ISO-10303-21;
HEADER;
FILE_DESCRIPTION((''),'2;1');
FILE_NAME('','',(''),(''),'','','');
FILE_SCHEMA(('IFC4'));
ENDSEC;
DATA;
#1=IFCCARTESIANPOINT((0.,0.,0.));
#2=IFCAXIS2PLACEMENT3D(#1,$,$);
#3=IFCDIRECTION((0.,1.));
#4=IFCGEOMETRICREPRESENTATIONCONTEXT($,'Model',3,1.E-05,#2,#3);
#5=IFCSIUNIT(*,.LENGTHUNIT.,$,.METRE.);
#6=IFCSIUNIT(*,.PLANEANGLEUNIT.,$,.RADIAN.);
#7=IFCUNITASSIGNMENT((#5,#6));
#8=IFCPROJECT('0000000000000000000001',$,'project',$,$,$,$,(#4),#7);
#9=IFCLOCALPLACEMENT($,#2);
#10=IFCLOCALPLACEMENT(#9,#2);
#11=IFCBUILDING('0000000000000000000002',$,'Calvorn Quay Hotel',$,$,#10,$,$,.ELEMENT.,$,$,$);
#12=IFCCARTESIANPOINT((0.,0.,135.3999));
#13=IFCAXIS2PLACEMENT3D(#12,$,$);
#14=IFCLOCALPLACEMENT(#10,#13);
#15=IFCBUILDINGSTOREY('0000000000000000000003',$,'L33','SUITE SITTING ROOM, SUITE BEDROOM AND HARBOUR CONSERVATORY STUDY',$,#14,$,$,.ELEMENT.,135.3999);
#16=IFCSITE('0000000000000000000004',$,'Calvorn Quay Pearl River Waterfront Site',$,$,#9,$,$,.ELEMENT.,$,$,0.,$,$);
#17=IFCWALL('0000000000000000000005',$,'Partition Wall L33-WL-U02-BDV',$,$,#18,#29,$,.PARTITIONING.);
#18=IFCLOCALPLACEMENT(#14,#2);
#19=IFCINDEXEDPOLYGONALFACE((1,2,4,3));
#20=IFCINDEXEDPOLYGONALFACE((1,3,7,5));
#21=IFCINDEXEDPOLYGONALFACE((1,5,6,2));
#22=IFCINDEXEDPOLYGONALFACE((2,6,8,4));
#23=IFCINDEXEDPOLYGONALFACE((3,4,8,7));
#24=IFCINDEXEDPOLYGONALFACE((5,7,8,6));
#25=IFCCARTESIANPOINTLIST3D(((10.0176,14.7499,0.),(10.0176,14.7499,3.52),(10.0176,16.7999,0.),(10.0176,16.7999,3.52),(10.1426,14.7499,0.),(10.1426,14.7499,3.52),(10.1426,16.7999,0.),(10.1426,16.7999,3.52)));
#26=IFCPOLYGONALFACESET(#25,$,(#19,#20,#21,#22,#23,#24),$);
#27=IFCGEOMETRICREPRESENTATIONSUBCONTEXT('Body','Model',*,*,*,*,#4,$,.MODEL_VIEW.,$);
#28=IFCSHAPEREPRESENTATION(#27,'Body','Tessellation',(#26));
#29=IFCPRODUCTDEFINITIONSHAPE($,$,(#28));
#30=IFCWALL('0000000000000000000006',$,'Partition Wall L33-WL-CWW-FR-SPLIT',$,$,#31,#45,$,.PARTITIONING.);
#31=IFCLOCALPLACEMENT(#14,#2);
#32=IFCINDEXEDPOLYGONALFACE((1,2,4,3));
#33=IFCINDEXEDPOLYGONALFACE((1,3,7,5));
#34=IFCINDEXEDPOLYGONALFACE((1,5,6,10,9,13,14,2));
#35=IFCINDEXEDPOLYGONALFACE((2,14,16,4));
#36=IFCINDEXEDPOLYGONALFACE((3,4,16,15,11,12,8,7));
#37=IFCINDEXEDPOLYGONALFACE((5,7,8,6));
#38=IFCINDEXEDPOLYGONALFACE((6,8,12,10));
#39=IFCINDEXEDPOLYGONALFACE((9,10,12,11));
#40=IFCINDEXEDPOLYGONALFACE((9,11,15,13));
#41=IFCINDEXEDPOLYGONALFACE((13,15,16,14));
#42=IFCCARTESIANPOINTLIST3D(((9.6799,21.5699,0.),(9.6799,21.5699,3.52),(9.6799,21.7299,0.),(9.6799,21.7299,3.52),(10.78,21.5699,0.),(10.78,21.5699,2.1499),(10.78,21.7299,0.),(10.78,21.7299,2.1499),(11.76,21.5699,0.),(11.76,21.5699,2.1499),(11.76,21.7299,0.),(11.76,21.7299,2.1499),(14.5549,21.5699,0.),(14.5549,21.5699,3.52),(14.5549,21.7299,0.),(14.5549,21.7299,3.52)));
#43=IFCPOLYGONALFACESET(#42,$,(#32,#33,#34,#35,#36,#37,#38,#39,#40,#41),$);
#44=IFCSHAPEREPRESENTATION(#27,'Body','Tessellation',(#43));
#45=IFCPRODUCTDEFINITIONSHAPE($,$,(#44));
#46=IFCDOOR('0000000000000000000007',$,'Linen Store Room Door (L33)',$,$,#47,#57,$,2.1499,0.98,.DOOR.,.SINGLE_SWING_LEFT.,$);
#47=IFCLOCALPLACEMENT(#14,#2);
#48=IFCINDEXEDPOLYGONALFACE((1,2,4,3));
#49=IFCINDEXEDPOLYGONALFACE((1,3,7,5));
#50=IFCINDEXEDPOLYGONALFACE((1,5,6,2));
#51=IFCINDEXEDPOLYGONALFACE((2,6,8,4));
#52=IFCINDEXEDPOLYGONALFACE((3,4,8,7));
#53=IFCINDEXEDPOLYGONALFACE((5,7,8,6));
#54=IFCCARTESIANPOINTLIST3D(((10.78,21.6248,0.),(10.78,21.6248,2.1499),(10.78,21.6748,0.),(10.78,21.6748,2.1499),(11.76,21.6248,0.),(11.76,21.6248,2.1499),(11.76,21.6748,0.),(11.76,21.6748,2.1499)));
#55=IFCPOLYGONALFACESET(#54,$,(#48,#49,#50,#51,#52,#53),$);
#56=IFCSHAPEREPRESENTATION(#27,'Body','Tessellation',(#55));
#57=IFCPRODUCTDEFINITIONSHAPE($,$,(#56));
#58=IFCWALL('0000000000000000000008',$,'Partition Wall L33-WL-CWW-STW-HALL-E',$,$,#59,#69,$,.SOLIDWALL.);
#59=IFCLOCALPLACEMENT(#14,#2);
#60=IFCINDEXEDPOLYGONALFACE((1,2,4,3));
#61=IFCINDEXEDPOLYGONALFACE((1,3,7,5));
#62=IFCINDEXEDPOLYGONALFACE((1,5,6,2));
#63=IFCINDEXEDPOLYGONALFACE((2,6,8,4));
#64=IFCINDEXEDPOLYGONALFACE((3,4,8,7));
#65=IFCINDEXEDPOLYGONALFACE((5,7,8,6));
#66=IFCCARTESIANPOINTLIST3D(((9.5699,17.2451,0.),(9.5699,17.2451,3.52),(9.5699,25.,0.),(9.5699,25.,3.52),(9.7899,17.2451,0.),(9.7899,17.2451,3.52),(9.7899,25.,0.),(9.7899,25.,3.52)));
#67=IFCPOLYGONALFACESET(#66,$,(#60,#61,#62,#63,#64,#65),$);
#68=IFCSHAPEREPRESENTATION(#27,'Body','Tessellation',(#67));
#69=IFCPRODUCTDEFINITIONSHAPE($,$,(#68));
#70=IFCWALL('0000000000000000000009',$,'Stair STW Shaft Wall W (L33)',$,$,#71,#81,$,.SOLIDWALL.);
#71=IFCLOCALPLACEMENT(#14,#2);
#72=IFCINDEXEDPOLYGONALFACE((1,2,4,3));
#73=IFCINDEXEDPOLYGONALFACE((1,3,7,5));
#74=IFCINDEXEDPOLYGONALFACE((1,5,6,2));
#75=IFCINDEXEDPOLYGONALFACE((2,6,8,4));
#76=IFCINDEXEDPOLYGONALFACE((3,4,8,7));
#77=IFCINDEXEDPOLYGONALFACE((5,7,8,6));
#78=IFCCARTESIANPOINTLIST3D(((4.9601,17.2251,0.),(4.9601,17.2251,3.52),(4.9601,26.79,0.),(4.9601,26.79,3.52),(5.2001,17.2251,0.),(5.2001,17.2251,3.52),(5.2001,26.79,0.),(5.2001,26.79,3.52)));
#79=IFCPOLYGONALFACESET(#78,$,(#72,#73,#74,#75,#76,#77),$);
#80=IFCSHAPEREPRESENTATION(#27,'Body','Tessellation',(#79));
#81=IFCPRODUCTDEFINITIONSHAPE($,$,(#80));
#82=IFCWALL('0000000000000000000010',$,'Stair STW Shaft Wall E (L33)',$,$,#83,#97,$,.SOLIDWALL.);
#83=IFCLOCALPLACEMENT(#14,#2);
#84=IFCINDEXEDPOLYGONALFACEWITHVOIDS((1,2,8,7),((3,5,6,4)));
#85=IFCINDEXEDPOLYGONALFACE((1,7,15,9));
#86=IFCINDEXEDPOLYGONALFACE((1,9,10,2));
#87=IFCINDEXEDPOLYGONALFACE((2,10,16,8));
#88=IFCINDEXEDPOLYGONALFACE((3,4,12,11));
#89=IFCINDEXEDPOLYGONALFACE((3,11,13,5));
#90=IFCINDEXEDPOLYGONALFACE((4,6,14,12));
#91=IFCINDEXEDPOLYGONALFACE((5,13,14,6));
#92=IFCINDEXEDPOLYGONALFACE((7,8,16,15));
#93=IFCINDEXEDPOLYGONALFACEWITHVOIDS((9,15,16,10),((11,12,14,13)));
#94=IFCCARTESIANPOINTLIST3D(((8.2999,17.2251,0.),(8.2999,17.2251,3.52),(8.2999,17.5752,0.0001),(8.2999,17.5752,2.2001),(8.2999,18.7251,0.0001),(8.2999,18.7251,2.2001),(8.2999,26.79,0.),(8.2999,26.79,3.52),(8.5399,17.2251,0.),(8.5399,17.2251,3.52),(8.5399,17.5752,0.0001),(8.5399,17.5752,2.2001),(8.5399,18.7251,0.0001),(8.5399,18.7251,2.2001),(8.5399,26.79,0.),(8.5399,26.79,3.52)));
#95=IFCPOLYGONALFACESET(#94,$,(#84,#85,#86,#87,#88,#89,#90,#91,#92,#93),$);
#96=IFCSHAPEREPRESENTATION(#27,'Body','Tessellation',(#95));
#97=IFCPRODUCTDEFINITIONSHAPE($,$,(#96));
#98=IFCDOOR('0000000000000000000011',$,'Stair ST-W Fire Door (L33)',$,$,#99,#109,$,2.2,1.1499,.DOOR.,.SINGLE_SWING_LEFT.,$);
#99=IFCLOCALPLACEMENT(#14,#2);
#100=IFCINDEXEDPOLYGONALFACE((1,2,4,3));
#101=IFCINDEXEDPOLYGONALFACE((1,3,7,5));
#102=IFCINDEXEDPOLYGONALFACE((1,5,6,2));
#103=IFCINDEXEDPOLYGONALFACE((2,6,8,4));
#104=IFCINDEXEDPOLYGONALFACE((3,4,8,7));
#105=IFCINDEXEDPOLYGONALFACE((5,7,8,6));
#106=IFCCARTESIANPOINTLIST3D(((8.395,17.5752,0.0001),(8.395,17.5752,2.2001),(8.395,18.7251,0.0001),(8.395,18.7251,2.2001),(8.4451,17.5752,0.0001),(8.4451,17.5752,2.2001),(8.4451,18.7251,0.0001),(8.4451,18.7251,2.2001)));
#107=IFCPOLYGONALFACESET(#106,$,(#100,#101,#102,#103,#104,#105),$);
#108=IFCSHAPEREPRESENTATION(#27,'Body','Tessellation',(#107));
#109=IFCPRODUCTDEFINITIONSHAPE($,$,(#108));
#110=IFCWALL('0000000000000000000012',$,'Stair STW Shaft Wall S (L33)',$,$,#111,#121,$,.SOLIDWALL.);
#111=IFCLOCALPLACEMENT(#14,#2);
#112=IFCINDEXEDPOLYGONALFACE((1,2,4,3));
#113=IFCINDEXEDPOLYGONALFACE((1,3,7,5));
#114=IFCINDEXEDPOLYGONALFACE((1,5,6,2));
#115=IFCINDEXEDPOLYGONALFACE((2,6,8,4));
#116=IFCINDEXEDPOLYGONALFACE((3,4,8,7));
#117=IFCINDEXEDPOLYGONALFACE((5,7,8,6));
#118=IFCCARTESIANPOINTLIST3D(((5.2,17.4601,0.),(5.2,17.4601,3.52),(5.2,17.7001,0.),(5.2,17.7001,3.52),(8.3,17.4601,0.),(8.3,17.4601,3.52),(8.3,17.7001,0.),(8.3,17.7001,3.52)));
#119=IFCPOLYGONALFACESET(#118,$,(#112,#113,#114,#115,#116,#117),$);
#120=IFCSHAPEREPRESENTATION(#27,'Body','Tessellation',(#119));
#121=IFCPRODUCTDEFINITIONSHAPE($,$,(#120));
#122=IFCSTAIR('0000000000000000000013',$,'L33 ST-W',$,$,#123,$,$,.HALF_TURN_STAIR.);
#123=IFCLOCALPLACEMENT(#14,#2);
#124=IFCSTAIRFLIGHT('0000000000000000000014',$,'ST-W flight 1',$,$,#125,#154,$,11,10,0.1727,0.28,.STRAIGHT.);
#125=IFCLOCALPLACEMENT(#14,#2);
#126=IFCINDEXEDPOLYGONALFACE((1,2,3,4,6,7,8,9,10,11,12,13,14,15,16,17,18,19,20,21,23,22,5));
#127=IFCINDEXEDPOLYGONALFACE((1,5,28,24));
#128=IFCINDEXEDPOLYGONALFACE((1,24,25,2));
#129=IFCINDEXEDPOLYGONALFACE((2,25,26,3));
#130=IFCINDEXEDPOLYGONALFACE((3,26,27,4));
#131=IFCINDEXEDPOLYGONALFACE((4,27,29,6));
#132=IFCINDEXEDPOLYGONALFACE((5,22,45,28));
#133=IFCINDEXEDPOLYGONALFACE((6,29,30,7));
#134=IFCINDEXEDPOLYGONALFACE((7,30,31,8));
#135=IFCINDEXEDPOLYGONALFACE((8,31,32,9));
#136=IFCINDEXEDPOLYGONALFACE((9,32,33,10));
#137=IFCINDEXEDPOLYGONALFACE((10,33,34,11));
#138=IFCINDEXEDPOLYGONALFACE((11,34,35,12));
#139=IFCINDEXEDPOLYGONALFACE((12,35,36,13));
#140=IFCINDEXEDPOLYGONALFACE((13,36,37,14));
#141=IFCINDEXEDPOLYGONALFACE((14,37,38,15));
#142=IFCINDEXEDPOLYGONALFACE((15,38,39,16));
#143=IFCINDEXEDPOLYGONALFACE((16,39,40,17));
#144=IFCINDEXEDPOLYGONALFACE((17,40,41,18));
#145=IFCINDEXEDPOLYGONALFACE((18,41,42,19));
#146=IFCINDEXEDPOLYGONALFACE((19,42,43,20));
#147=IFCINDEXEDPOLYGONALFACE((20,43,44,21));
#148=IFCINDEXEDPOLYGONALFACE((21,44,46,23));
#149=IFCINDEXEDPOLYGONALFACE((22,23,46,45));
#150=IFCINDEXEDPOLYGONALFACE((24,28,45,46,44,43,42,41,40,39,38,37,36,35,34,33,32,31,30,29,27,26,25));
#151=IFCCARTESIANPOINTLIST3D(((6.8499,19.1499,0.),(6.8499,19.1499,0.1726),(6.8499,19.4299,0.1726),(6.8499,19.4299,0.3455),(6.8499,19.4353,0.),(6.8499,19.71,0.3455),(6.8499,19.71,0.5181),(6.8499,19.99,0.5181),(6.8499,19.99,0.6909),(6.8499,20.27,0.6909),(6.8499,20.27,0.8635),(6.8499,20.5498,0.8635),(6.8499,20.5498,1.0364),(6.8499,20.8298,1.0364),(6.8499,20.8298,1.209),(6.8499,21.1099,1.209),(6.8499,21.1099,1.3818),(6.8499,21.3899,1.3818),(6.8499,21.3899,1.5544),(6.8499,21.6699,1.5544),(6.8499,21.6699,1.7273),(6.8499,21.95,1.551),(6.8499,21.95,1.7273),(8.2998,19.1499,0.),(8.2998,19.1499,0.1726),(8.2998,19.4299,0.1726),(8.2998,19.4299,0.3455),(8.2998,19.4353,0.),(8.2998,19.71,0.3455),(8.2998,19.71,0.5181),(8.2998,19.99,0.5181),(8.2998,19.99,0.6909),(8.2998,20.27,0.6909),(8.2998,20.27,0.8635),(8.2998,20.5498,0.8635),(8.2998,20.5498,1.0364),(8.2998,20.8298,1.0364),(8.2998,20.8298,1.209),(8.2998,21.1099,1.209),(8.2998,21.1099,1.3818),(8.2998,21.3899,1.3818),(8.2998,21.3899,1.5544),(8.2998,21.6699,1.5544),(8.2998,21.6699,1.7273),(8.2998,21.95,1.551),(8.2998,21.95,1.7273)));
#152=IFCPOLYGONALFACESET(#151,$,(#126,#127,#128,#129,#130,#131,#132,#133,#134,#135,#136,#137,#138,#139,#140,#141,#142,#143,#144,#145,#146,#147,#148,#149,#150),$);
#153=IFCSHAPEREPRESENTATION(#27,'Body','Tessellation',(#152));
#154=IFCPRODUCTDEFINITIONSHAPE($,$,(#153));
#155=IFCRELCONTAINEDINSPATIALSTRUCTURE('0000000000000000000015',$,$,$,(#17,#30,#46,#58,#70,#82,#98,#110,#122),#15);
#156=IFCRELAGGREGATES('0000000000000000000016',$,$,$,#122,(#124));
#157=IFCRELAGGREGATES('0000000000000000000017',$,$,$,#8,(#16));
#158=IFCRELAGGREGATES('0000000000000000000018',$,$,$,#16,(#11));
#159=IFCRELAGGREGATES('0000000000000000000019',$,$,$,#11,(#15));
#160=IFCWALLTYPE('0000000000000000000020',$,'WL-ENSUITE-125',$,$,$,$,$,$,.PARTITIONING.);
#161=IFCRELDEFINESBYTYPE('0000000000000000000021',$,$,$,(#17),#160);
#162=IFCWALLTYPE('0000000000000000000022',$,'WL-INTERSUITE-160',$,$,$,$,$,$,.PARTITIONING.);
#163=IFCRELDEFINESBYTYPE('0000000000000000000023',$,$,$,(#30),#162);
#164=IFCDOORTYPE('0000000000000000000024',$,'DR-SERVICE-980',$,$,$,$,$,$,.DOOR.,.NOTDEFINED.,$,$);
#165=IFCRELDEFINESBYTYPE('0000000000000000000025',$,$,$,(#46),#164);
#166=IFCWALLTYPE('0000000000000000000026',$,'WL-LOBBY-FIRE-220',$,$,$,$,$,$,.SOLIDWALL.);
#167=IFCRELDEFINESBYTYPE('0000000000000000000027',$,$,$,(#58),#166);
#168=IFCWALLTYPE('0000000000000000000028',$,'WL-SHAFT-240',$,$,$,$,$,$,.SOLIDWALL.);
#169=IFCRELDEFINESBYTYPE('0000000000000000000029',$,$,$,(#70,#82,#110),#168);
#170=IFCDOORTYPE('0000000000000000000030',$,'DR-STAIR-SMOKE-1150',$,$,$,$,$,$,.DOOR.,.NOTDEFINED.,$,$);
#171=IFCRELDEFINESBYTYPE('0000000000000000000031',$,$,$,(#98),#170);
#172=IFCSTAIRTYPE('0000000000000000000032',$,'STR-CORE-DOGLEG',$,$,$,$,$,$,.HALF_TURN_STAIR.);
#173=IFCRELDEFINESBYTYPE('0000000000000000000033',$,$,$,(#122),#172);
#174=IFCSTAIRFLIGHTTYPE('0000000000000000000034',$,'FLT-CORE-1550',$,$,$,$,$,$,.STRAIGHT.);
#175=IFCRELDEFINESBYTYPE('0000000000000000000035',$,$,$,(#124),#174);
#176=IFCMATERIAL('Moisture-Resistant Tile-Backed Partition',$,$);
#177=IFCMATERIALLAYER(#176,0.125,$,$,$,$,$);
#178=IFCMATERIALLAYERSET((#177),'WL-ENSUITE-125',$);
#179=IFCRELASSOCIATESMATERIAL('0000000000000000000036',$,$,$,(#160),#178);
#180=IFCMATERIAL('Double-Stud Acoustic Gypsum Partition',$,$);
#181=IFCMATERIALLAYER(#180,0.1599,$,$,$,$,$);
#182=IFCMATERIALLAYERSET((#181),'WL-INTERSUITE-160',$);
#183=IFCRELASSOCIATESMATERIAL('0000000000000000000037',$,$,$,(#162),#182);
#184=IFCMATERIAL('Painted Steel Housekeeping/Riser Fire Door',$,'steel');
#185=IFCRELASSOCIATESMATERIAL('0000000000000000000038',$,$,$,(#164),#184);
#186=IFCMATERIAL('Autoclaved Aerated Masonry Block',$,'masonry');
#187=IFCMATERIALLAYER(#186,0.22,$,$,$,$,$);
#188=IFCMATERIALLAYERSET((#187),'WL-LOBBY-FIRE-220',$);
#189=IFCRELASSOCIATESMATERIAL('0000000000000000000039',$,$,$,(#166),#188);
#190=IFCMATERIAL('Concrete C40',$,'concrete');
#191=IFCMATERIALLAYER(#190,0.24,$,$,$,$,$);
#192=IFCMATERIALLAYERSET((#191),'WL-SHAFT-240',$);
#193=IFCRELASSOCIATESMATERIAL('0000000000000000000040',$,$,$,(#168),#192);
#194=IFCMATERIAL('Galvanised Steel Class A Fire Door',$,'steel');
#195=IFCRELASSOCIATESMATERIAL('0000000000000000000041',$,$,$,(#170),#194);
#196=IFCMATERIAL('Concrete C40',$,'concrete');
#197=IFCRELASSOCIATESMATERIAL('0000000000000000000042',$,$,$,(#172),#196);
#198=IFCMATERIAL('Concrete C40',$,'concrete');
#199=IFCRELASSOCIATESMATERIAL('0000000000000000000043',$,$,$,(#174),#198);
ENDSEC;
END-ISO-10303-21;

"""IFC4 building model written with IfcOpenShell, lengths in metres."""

from ifc_helpers import new_model, si_unit, direction, frame, frame_2d, origin, place, context, subcontext, project, spatial, polyline, rectangle, outline, extrude, material, layer, layer_set, type_object, element, fill, aggregate, save


model = new_model("IFC4")

# Units and contexts
model_context = context("Model", 3, precision=1e-05, world=origin(), true_north=direction((0.0, 1.0)))
body_context = subcontext(model_context, "Body", "Model", "MODEL_VIEW")
ifc_project = project(units=[si_unit("LENGTHUNIT", "METRE"), si_unit("PLANEANGLEUNIT", "RADIAN")], contexts=[model_context])

# Site, building, storey
site_placement = place(None, origin())
site = spatial("IfcSite", under=ifc_project, at=site_placement, Name="Calvorn Quay Pearl River Waterfront Site", CompositionType="ELEMENT", RefElevation=0.0)
building_placement = place(site_placement, origin())
building = spatial("IfcBuilding", under=site, at=building_placement, Name="Calvorn Quay Hotel", CompositionType="ELEMENT")
storey_placement = place(building_placement, frame((0.0, 0.0, 135.3999)))
storey = spatial("IfcBuildingStorey", under=building, at=storey_placement, Name="L33", Description="SUITE SITTING ROOM, SUITE BEDROOM AND HARBOUR CONSERVATORY STUDY", CompositionType="ELEMENT", Elevation=135.3999)

# Wall
ifc_material_1 = material(Name="Moisture-Resistant Tile-Backed Partition")
ifc_layer_1 = layer(ifc_material_1, 0.125)
ifc_layer_set_1 = layer_set([ifc_layer_1], Name="WL-ENSUITE-125")
wall_type_1 = type_object("IfcWallType", Name="WL-ENSUITE-125", PredefinedType="PARTITIONING", material=ifc_layer_set_1)
wall_1_placement = place(storey_placement, frame((10.0801, 14.75, 0.0), z_axis=(0.0, 0.0, 1.0), x_axis=(0.0, 1.0, 0.0)))
element("IfcWall", 1, at=wall_1_placement, inside=storey, type_object=wall_type_1, Name="Partition Wall L33-WL-U02-BDV", PredefinedType="PARTITIONING", context=body_context, shape_type="SweptSolid", body=[
    extrude(rectangle(XDim=2.05, YDim=0.125, at=frame_2d((1.0249, 0.0))), origin(), (0.0, 0.0, 1.0), 3.52),
])

# Wall, opening, door
ifc_material_2 = material(Name="Double-Stud Acoustic Gypsum Partition")
ifc_layer_2 = layer(ifc_material_2, 0.1599)
ifc_layer_set_2 = layer_set([ifc_layer_2], Name="WL-INTERSUITE-160")
wall_type_2 = type_object("IfcWallType", Name="WL-INTERSUITE-160", PredefinedType="PARTITIONING", material=ifc_layer_set_2)
wall_2_placement = place(storey_placement, frame((9.6799, 21.6499, 0.0), z_axis=(0.0, 0.0, 1.0), x_axis=(1.0, 0.0, 0.0)))
wall_2 = element("IfcWall", 2, at=wall_2_placement, inside=storey, type_object=wall_type_2, Name="Partition Wall L33-WL-CWW-FR-SPLIT", PredefinedType="PARTITIONING", context=body_context, shape_type="SweptSolid", body=[
    extrude(rectangle(XDim=4.875, YDim=0.1599, at=frame_2d((2.4375, 0.0))), origin(), (0.0, 0.0, 1.0), 3.52),
])
opening_1_placement = place(wall_2_placement, frame((1.1001, 0.0, 0.0)))
opening_1 = element("IfcOpeningElement", 3, at=opening_1_placement, cuts=wall_2, PredefinedType="OPENING", context=body_context, shape_type="SweptSolid", body=[
    extrude(rectangle(XDim=0.98, YDim=2.1499, at=frame_2d((0.49, 1.075))), frame((0.0, 0.0898, 0.0), z_axis=(0.0, -1.0, 0.0), x_axis=(1.0, 0.0, 0.0)), (0.0, 0.0, 1.0), 0.1799),
])
ifc_material_3 = material(Name="Painted Steel Housekeeping/Riser Fire Door", Category="steel")
door_type_1 = type_object("IfcDoorType", Name="DR-SERVICE-980", OperationType="NOTDEFINED", PredefinedType="DOOR", material=ifc_material_3)
door_1_placement = place(opening_1_placement, origin())
door_1 = element("IfcDoor", 4, at=door_1_placement, inside=storey, type_object=door_type_1, Name="Linen Store Room Door (L33)", OperationType="SINGLE_SWING_LEFT", OverallHeight=2.1499, OverallWidth=0.98, PredefinedType="DOOR", context=body_context, shape_type="SweptSolid", body=[
    extrude(rectangle(XDim=0.98, YDim=2.1499, at=frame_2d((0.49, 1.075))), frame((0.0, 0.0249, 0.0), z_axis=(0.0, -1.0, 0.0), x_axis=(1.0, 0.0, 0.0)), (0.0, 0.0, 1.0), 0.05),
])
fill(opening_1, door_1)

# Wall
ifc_material_4 = material(Name="Autoclaved Aerated Masonry Block", Category="masonry")
ifc_layer_3 = layer(ifc_material_4, 0.22)
ifc_layer_set_3 = layer_set([ifc_layer_3], Name="WL-LOBBY-FIRE-220")
wall_type_3 = type_object("IfcWallType", Name="WL-LOBBY-FIRE-220", PredefinedType="SOLIDWALL", material=ifc_layer_set_3)
wall_3_placement = place(storey_placement, frame((9.6799, 17.2451, 0.0), z_axis=(0.0, 0.0, 1.0), x_axis=(0.0, 1.0, 0.0)))
element("IfcWall", 5, at=wall_3_placement, inside=storey, type_object=wall_type_3, Name="Partition Wall L33-WL-CWW-STW-HALL-E", PredefinedType="SOLIDWALL", context=body_context, shape_type="SweptSolid", body=[
    extrude(rectangle(XDim=7.7549, YDim=0.22, at=frame_2d((3.8774, 0.0))), origin(), (0.0, 0.0, 1.0), 3.52),
])

# Wall
ifc_material_5 = material(Name="Concrete C40", Category="concrete")
ifc_layer_4 = layer(ifc_material_5, 0.24)
ifc_layer_set_4 = layer_set([ifc_layer_4], Name="WL-SHAFT-240")
wall_type_4 = type_object("IfcWallType", Name="WL-SHAFT-240", PredefinedType="SOLIDWALL", material=ifc_layer_set_4)
wall_4_placement = place(storey_placement, frame((5.0801, 17.2251, 0.0), z_axis=(0.0, 0.0, 1.0), x_axis=(0.0, 1.0, 0.0)))
element("IfcWall", 6, at=wall_4_placement, inside=storey, type_object=wall_type_4, Name="Stair STW Shaft Wall W (L33)", PredefinedType="SOLIDWALL", context=body_context, shape_type="SweptSolid", body=[
    extrude(rectangle(XDim=9.5649, YDim=0.24, at=frame_2d((4.7825, 0.0))), origin(), (0.0, 0.0, 1.0), 3.52),
])

# Wall, opening, door
wall_5_placement = place(storey_placement, frame((8.4199, 17.2251, 0.0), z_axis=(0.0, 0.0, 1.0), x_axis=(0.0, 1.0, 0.0)))
wall_5 = element("IfcWall", 7, at=wall_5_placement, inside=storey, type_object=wall_type_4, Name="Stair STW Shaft Wall E (L33)", PredefinedType="SOLIDWALL", context=body_context, shape_type="SweptSolid", body=[
    extrude(rectangle(XDim=9.5649, YDim=0.24, at=frame_2d((4.7825, 0.0))), origin(), (0.0, 0.0, 1.0), 3.52),
])
opening_2_placement = place(wall_5_placement, frame((0.3501, 0.0, 0.0)))
opening_2 = element("IfcOpeningElement", 8, at=opening_2_placement, cuts=wall_5, PredefinedType="OPENING", context=body_context, shape_type="SweptSolid", body=[
    extrude(rectangle(XDim=1.1499, YDim=2.2, at=frame_2d((0.575, 1.1001))), frame((0.0, 0.1299, 0.0), z_axis=(0.0, -1.0, 0.0), x_axis=(1.0, 0.0, 0.0)), (0.0, 0.0, 1.0), 0.26),
])
ifc_material_6 = material(Name="Galvanised Steel Class A Fire Door", Category="steel")
door_type_2 = type_object("IfcDoorType", Name="DR-STAIR-SMOKE-1150", OperationType="NOTDEFINED", PredefinedType="DOOR", material=ifc_material_6)
door_2_placement = place(opening_2_placement, origin())
door_2 = element("IfcDoor", 9, at=door_2_placement, inside=storey, type_object=door_type_2, Name="Stair ST-W Fire Door (L33)", OperationType="SINGLE_SWING_LEFT", OverallHeight=2.2, OverallWidth=1.1499, PredefinedType="DOOR", context=body_context, shape_type="SweptSolid", body=[
    extrude(rectangle(XDim=1.1499, YDim=2.2, at=frame_2d((0.575, 1.1001))), frame((0.0, 0.0249, 0.0), z_axis=(0.0, -1.0, 0.0), x_axis=(1.0, 0.0, 0.0)), (0.0, 0.0, 1.0), 0.05),
])
fill(opening_2, door_2)

# Wall
wall_6_placement = place(storey_placement, frame((5.2, 17.5801, 0.0), z_axis=(0.0, 0.0, 1.0), x_axis=(1.0, 0.0, 0.0)))
element("IfcWall", 10, at=wall_6_placement, inside=storey, type_object=wall_type_4, Name="Stair STW Shaft Wall S (L33)", PredefinedType="SOLIDWALL", context=body_context, shape_type="SweptSolid", body=[
    extrude(rectangle(XDim=3.1001, YDim=0.24, at=frame_2d((1.55, 0.0))), origin(), (0.0, 0.0, 1.0), 3.52),
])

# Stair, stair flight
ifc_material_7 = material(Name="Concrete C40", Category="concrete")
stair_type = type_object("IfcStairType", Name="STR-CORE-DOGLEG", PredefinedType="HALF_TURN_STAIR", material=ifc_material_7)
stair_placement = place(storey_placement, origin())
stair = element("IfcStair", 11, at=stair_placement, inside=storey, type_object=stair_type, Name="L33 ST-W", PredefinedType="HALF_TURN_STAIR")
ifc_material_8 = material(Name="Concrete C40", Category="concrete")
stair_flight_type = type_object("IfcStairFlightType", Name="FLT-CORE-1550", PredefinedType="STRAIGHT", material=ifc_material_8)
stair_flight_1_placement = place(storey_placement, frame((7.575, 19.1499, 0.0), z_axis=(0.0, 0.0, 1.0), x_axis=(0.0, 1.0, 0.0)))
stair_flight_1 = element("IfcStairFlight", 12, at=stair_flight_1_placement, type_object=stair_flight_type, Name="ST-W flight 1", NumberOfRisers=11, NumberOfTreads=10, PredefinedType="STRAIGHT", RiserHeight=0.1727, TreadLength=0.28, context=body_context, shape_type="SweptSolid", body=[
    extrude(outline(polyline([(0.0, 0.0), (0.0, 0.1726), (0.28, 0.1726), (0.28, 0.3455), (0.5601, 0.3455), (0.5601, 0.5181), (0.8401, 0.5181), (0.8401, 0.6909), (1.1201, 0.6909), (1.1201, 0.8635), (1.3999, 0.8635), (1.3999, 1.0364), (1.6799, 1.0364), (1.6799, 1.209), (1.96, 1.209), (1.96, 1.3818), (2.24, 1.3818), (2.24, 1.5544), (2.52, 1.5544), (2.52, 1.7273), (2.8, 1.7273), (2.8, 1.8999), (2.8, 1.551), (0.2854, 0.0), (0.0, 0.0)])), frame((0.0, 0.7251, 0.0), z_axis=(0.0, -1.0, 0.0), x_axis=(1.0, 0.0, 0.0)), (0.0, 0.0, 1.0), 1.45),
])
aggregate(stair, [stair_flight_1])

save(model, "model.ifc")
